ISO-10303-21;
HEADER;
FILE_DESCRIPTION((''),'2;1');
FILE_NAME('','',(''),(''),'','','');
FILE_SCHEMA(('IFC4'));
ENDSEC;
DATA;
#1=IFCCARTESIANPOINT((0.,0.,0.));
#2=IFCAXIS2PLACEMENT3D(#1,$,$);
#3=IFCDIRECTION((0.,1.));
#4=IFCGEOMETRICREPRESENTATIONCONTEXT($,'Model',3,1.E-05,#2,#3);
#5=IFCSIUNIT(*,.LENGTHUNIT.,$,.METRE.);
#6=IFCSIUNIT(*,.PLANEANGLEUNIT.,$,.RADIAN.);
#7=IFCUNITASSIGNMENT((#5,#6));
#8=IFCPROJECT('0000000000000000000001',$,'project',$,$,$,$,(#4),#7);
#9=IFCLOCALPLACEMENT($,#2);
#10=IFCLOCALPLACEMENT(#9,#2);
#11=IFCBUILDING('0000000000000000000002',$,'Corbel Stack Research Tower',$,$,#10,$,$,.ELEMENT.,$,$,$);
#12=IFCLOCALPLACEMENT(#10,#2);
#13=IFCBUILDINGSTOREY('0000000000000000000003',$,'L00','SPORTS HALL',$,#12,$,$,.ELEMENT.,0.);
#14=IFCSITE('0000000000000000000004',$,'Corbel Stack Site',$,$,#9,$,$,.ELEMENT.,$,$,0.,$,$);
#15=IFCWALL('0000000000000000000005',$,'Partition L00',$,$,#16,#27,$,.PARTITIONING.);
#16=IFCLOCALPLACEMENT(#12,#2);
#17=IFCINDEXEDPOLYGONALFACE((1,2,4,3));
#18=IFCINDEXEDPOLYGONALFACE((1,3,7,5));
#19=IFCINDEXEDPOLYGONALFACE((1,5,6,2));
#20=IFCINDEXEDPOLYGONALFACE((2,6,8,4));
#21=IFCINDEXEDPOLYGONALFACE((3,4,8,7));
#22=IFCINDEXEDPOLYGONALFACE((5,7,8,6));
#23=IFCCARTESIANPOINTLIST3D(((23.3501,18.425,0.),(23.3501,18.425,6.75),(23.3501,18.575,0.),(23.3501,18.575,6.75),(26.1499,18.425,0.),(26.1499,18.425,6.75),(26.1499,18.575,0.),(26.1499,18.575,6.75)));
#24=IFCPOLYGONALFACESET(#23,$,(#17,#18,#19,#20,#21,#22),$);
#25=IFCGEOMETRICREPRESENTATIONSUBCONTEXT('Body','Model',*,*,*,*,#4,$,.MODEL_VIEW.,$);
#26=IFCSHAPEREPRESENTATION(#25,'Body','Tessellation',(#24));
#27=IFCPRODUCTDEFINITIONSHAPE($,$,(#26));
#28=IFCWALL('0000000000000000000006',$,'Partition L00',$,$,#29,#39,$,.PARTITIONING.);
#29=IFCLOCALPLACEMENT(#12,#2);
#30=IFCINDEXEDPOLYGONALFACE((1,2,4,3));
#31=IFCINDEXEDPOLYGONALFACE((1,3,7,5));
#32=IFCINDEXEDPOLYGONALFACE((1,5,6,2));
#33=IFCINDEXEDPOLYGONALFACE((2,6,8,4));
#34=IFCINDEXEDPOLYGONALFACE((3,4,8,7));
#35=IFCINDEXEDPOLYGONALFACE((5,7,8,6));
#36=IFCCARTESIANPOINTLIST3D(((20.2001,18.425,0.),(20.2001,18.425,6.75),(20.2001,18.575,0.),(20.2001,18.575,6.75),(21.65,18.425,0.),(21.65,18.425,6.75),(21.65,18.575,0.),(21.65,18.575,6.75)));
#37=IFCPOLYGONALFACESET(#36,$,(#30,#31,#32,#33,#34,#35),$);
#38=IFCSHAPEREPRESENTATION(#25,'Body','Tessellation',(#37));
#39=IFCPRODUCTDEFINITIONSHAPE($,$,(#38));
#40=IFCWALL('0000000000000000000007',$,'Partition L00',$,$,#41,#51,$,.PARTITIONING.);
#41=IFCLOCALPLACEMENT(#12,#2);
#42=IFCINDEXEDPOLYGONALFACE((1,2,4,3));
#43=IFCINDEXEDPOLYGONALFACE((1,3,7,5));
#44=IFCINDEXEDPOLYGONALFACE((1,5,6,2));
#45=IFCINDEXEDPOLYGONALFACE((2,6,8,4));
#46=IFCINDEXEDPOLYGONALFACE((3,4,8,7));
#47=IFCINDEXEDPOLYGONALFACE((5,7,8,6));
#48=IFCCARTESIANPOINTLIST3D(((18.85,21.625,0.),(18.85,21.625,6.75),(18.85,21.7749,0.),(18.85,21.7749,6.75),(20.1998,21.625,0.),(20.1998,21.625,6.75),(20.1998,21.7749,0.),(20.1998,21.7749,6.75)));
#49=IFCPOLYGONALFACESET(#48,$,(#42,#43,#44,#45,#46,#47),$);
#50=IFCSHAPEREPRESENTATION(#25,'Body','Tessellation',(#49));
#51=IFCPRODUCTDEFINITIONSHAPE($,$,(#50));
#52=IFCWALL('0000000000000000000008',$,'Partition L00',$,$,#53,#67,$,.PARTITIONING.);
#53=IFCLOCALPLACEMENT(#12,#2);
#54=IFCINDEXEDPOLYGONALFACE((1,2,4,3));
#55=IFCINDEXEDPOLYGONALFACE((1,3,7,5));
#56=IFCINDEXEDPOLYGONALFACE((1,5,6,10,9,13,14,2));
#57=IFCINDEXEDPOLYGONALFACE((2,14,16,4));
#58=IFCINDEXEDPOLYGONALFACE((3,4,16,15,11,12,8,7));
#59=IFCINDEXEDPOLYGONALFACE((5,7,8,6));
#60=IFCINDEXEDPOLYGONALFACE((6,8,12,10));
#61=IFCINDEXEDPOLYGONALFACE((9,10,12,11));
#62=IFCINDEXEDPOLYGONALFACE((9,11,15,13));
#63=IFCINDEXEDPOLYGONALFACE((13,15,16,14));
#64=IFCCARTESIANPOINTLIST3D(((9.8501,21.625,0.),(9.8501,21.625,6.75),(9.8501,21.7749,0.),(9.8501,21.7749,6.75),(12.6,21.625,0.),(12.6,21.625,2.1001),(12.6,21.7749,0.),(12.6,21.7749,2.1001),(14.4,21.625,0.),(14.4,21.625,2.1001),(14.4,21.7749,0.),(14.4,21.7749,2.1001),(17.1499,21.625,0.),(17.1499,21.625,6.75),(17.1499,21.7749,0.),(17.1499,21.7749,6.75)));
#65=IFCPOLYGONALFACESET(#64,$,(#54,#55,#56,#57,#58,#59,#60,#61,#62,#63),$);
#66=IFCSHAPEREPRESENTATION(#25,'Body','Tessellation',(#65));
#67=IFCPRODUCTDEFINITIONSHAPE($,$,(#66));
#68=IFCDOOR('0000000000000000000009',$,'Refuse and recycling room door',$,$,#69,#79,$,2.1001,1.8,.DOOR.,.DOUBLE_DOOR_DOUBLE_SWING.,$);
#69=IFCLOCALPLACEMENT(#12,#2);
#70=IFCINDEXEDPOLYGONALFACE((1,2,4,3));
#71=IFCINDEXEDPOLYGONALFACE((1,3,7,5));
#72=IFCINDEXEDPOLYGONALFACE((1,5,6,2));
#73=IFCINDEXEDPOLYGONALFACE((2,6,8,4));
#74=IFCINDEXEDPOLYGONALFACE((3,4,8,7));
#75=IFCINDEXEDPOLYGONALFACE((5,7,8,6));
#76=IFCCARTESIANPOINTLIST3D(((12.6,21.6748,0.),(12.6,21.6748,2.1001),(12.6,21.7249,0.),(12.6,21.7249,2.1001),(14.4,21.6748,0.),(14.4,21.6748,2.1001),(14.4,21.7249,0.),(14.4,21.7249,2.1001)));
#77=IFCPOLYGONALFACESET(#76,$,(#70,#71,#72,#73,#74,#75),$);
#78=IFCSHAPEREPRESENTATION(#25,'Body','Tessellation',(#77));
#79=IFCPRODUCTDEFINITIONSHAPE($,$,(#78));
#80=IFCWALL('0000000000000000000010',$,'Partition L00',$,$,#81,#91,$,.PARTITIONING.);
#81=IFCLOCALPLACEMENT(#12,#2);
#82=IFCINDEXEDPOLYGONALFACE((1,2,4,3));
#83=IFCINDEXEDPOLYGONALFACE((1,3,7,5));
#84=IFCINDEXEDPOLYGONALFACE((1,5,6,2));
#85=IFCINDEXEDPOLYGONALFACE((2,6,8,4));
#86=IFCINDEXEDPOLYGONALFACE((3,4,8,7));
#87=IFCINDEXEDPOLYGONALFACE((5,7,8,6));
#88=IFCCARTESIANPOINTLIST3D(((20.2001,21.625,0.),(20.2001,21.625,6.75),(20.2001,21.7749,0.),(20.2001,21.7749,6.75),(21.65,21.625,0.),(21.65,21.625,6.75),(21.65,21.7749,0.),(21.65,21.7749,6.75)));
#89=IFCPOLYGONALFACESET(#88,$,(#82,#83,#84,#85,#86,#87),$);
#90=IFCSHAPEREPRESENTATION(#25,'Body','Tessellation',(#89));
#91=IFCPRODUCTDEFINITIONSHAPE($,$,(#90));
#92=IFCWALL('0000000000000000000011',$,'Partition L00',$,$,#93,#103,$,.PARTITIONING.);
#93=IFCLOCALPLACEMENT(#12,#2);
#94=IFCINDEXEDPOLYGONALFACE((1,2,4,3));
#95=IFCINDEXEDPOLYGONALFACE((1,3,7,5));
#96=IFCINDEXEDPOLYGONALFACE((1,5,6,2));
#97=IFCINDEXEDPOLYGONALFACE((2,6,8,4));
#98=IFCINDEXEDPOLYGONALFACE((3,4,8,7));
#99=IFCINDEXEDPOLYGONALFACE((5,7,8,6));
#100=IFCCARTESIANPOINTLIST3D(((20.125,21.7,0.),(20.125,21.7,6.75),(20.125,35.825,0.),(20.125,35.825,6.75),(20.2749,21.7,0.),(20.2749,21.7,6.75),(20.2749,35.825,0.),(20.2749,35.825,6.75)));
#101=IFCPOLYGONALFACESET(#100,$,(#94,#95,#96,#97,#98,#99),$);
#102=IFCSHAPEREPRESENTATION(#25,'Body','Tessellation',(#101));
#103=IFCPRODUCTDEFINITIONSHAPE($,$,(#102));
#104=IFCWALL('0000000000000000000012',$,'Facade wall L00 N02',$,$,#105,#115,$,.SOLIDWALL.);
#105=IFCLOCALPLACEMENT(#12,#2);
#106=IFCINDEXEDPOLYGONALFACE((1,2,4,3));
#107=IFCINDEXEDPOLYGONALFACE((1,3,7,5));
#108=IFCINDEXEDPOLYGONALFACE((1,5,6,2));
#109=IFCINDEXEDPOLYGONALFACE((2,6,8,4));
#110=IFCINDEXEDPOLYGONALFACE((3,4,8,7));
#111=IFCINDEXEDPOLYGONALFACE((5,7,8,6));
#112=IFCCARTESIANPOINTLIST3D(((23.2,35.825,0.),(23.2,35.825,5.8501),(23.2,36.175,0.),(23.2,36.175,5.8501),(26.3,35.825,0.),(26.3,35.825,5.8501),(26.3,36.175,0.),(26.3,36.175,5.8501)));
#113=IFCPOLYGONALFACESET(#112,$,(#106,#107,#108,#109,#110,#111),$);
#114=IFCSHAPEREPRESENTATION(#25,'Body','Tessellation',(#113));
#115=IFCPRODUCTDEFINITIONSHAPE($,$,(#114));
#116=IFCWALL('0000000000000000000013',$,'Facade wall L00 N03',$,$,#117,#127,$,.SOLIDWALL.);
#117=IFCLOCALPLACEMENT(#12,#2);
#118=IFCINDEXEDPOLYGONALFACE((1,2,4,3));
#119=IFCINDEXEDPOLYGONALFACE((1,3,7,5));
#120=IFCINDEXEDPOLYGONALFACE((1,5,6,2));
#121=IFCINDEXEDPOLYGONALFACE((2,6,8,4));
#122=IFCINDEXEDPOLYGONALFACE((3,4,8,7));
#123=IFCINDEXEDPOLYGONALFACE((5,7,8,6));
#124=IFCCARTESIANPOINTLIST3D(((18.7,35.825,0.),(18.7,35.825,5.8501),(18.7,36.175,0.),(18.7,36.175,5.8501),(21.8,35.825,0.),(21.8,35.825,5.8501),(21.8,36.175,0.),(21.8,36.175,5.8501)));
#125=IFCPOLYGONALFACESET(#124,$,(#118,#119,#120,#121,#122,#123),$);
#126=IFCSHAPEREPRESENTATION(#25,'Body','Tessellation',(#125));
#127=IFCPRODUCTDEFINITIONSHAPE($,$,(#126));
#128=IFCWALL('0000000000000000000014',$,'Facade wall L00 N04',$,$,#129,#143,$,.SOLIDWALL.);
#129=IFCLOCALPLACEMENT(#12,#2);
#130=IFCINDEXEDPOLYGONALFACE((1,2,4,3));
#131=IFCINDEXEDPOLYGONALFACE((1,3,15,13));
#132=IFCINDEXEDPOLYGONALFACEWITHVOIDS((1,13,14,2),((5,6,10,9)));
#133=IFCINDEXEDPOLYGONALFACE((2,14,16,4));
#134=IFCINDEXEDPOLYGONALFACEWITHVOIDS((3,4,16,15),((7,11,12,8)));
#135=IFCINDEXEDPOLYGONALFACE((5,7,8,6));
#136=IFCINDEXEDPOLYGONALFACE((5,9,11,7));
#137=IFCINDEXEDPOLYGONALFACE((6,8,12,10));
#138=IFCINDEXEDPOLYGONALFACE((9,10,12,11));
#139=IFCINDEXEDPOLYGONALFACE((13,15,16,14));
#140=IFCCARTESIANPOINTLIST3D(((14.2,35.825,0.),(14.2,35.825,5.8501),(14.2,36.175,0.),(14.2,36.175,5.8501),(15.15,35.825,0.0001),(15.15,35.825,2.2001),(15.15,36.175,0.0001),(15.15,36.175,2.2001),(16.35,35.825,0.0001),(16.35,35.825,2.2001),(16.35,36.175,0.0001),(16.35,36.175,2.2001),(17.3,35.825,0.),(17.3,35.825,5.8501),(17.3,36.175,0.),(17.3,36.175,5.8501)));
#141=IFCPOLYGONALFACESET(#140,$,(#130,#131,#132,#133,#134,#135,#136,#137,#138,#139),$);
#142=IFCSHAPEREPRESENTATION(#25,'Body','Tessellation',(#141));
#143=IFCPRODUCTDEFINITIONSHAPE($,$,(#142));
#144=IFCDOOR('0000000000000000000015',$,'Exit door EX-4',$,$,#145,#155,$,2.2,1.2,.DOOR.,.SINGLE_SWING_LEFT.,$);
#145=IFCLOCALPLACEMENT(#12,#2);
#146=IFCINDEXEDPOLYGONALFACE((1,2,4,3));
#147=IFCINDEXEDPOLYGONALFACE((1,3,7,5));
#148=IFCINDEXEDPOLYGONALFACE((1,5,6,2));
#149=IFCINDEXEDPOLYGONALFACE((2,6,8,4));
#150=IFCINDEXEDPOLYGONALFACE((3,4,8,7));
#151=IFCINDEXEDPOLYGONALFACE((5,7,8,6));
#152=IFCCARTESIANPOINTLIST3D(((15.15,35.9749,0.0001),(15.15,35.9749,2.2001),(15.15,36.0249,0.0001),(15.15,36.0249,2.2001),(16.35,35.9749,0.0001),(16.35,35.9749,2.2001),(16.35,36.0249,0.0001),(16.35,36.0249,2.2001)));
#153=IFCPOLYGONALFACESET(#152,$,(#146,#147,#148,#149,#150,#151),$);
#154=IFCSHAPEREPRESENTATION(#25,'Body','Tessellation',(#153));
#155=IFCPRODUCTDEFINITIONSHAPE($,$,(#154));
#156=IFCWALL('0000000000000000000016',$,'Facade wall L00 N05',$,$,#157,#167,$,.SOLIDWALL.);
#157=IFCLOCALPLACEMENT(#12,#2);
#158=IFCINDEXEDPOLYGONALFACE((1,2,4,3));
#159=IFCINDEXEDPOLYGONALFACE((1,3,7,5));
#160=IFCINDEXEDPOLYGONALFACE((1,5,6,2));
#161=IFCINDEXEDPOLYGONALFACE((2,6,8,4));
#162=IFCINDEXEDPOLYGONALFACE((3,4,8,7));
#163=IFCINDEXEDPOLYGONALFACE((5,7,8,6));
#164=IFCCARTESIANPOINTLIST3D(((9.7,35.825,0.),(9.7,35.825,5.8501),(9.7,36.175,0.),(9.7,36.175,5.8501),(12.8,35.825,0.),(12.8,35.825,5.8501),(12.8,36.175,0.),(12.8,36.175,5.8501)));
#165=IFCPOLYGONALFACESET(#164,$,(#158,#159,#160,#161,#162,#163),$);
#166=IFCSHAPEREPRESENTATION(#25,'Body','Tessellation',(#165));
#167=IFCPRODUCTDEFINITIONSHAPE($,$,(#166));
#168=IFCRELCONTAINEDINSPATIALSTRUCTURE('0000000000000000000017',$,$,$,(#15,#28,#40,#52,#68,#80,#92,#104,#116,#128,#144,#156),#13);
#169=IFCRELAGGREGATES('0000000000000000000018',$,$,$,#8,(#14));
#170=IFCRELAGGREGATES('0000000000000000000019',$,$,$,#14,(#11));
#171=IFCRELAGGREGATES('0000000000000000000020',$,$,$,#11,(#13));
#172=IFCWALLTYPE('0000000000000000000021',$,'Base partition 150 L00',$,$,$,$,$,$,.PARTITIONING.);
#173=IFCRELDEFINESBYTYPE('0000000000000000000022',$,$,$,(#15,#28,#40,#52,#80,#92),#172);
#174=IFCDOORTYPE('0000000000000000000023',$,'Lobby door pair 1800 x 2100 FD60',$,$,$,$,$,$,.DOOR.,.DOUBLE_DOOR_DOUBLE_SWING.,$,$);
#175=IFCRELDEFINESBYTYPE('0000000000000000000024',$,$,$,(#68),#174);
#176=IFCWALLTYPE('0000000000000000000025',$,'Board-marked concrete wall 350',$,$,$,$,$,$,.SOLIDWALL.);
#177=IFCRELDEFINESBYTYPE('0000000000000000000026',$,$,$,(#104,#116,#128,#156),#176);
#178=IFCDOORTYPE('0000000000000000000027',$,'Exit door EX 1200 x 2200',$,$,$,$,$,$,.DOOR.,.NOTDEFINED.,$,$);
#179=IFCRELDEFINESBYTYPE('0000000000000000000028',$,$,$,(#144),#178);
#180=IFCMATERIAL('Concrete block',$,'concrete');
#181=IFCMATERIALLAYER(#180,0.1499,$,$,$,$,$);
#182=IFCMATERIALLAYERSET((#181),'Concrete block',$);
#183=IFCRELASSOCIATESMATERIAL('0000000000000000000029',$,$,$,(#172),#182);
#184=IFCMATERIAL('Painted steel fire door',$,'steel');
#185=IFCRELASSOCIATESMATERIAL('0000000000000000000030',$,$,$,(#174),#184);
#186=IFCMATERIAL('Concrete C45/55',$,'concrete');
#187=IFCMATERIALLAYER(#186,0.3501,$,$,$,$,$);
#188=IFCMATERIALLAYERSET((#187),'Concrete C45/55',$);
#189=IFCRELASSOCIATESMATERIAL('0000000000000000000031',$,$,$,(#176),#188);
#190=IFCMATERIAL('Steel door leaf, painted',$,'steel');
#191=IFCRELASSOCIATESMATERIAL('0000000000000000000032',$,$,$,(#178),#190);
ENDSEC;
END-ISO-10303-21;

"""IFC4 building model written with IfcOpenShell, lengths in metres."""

from ifc_helpers import new_model, si_unit, direction, frame, frame_2d, origin, place, context, subcontext, project, spatial, rectangle, extrude, material, layer, layer_set, type_object, element, fill, save


model = new_model("IFC4")

# Units and contexts
model_context = context("Model", 3, precision=1e-05, world=origin(), true_north=direction((0.0, 1.0)))
body_context = subcontext(model_context, "Body", "Model", "MODEL_VIEW")
ifc_project = project(units=[si_unit("LENGTHUNIT", "METRE"), si_unit("PLANEANGLEUNIT", "RADIAN")], contexts=[model_context])

# Site, building, storey
site_placement = place(None, origin())
site = spatial("IfcSite", under=ifc_project, at=site_placement, Name="Corbel Stack Site", CompositionType="ELEMENT", RefElevation=0.0)
building_placement = place(site_placement, origin())
building = spatial("IfcBuilding", under=site, at=building_placement, Name="Corbel Stack Research Tower", CompositionType="ELEMENT")
storey_placement = place(building_placement, origin())
storey = spatial("IfcBuildingStorey", under=building, at=storey_placement, Name="L00", Description="SPORTS HALL", CompositionType="ELEMENT", Elevation=0.0)

# Shared definitions
ifc_material_1 = material(Name="Concrete block", Category="concrete")
ifc_layer_1 = layer(ifc_material_1, 0.1499)
ifc_layer_set_1 = layer_set([ifc_layer_1], Name="Concrete block")
wall_type_1 = type_object("IfcWallType", Name="Base partition 150 L00", PredefinedType="PARTITIONING", material=ifc_layer_set_1)

# Walls
wall_1_placement = place(storey_placement, frame((23.3501, 18.5, 0.0), z_axis=(0.0, 0.0, 1.0), x_axis=(1.0, 0.0, 0.0)))
element("IfcWall", 1, at=wall_1_placement, inside=storey, type_object=wall_type_1, Name="Partition L00", PredefinedType="PARTITIONING", context=body_context, shape_type="SweptSolid", body=[
    extrude(rectangle(XDim=2.7998, YDim=0.1499, at=frame_2d((1.3999, 0.0))), origin(), (0.0, 0.0, 1.0), 6.75),
])
wall_2_placement = place(storey_placement, frame((20.2, 18.5, 0.0), z_axis=(0.0, 0.0, 1.0), x_axis=(1.0, 0.0, 0.0)))
element("IfcWall", 2, at=wall_2_placement, inside=storey, type_object=wall_type_1, Name="Partition L00", PredefinedType="PARTITIONING", context=body_context, shape_type="SweptSolid", body=[
    extrude(rectangle(XDim=1.45, YDim=0.1499, at=frame_2d((0.7251, 0.0))), origin(), (0.0, 0.0, 1.0), 6.75),
])
wall_3_placement = place(storey_placement, frame((18.8501, 21.7, 0.0), z_axis=(0.0, 0.0, 1.0), x_axis=(1.0, 0.0, 0.0)))
element("IfcWall", 3, at=wall_3_placement, inside=storey, type_object=wall_type_1, Name="Partition L00", PredefinedType="PARTITIONING", context=body_context, shape_type="SweptSolid", body=[
    extrude(rectangle(XDim=1.3499, YDim=0.1499, at=frame_2d((0.6748, 0.0))), origin(), (0.0, 0.0, 1.0), 6.75),
])

# Wall, opening, door
wall_4_placement = place(storey_placement, frame((9.8501, 21.7, 0.0), z_axis=(0.0, 0.0, 1.0), x_axis=(1.0, 0.0, 0.0)))
wall_4 = element("IfcWall", 4, at=wall_4_placement, inside=storey, type_object=wall_type_1, Name="Partition L00", PredefinedType="PARTITIONING", context=body_context, shape_type="SweptSolid", body=[
    extrude(rectangle(XDim=7.2998, YDim=0.1499, at=frame_2d((3.6499, 0.0))), origin(), (0.0, 0.0, 1.0), 6.75),
])
opening_1_placement = place(wall_4_placement, frame((2.75, 0.0, 0.0)))
opening_1 = element("IfcOpeningElement", 5, at=opening_1_placement, cuts=wall_4, PredefinedType="OPENING", context=body_context, shape_type="SweptSolid", body=[
    extrude(rectangle(XDim=1.8, YDim=2.1001, at=frame_2d((0.8999, 1.05))), frame((0.0, 0.085, 0.0), z_axis=(0.0, -1.0, 0.0), x_axis=(1.0, 0.0, 0.0)), (0.0, 0.0, 1.0), 0.1699),
])
ifc_material_2 = material(Name="Painted steel fire door", Category="steel")
door_type_1 = type_object("IfcDoorType", Name="Lobby door pair 1800 x 2100 FD60", OperationType="DOUBLE_DOOR_DOUBLE_SWING", PredefinedType="DOOR", material=ifc_material_2)
door_1_placement = place(opening_1_placement, origin())
door_1 = element("IfcDoor", 6, at=door_1_placement, inside=storey, type_object=door_type_1, Name="Refuse and recycling room door", OperationType="DOUBLE_DOOR_DOUBLE_SWING", OverallHeight=2.1001, OverallWidth=1.8, PredefinedType="DOOR", context=body_context, shape_type="SweptSolid", body=[
    extrude(rectangle(XDim=1.8, YDim=2.1001, at=frame_2d((0.8999, 1.05))), frame((0.0, 0.0249, 0.0), z_axis=(0.0, -1.0, 0.0), x_axis=(1.0, 0.0, 0.0)), (0.0, 0.0, 1.0), 0.05),
])
fill(opening_1, door_1)

# Walls
wall_5_placement = place(storey_placement, frame((20.2, 21.7, 0.0), z_axis=(0.0, 0.0, 1.0), x_axis=(1.0, 0.0, 0.0)))
element("IfcWall", 7, at=wall_5_placement, inside=storey, type_object=wall_type_1, Name="Partition L00", PredefinedType="PARTITIONING", context=body_context, shape_type="SweptSolid", body=[
    extrude(rectangle(XDim=1.45, YDim=0.1499, at=frame_2d((0.7251, 0.0))), origin(), (0.0, 0.0, 1.0), 6.75),
])
wall_6_placement = place(storey_placement, frame((20.2, 21.7, 0.0), z_axis=(0.0, 0.0, 1.0), x_axis=(0.0, 1.0, 0.0)))
element("IfcWall", 8, at=wall_6_placement, inside=storey, type_object=wall_type_1, Name="Partition L00", PredefinedType="PARTITIONING", context=body_context, shape_type="SweptSolid", body=[
    extrude(rectangle(XDim=14.125, YDim=0.1499, at=frame_2d((7.0625, 0.0))), origin(), (0.0, 0.0, 1.0), 6.75),
])
ifc_material_3 = material(Name="Concrete C45/55", Category="concrete")
ifc_layer_2 = layer(ifc_material_3, 0.3501)
ifc_layer_set_2 = layer_set([ifc_layer_2], Name="Concrete C45/55")
wall_type_2 = type_object("IfcWallType", Name="Board-marked concrete wall 350", PredefinedType="SOLIDWALL", material=ifc_layer_set_2)
for number, where, z_axis, x_axis, name in (
    (9, (23.2, 36.0, 0.0), (0.0, 0.0, 1.0), (1.0, 0.0, 0.0), "Facade wall L00 N02"),
    (10, (18.7, 36.0, 0.0), (0.0, 0.0, 1.0), (1.0, 0.0, 0.0), "Facade wall L00 N03"),
):
    element("IfcWall", number, at=place(storey_placement, frame(where, z_axis=z_axis, x_axis=x_axis)), inside=storey, type_object=wall_type_2, Name=name, PredefinedType="SOLIDWALL", context=body_context, shape_type="SweptSolid", body=[
        extrude(rectangle(XDim=3.1001, YDim=0.3501, at=frame_2d((1.55, 0.0))), origin(), (0.0, 0.0, 1.0), 5.8501),
    ])

# Wall, opening, door
wall_7_placement = place(storey_placement, frame((14.2, 36.0, 0.0), z_axis=(0.0, 0.0, 1.0), x_axis=(1.0, 0.0, 0.0)))
wall_7 = element("IfcWall", 11, at=wall_7_placement, inside=storey, type_object=wall_type_2, Name="Facade wall L00 N04", PredefinedType="SOLIDWALL", context=body_context, shape_type="SweptSolid", body=[
    extrude(rectangle(XDim=3.1001, YDim=0.3501, at=frame_2d((1.55, 0.0))), origin(), (0.0, 0.0, 1.0), 5.8501),
])
opening_2_placement = place(wall_7_placement, frame((0.95, 0.0, 0.0)))
opening_2 = element("IfcOpeningElement", 12, at=opening_2_placement, cuts=wall_7, PredefinedType="OPENING", context=body_context, shape_type="SweptSolid", body=[
    extrude(rectangle(XDim=1.2, YDim=2.2, at=frame_2d((0.6001, 1.1001))), frame((0.0, 0.1851, 0.0), z_axis=(0.0, -1.0, 0.0), x_axis=(1.0, 0.0, 0.0)), (0.0, 0.0, 1.0), 0.3701),
])
ifc_material_4 = material(Name="Steel door leaf, painted", Category="steel")
door_type_2 = type_object("IfcDoorType", Name="Exit door EX 1200 x 2200", OperationType="NOTDEFINED", PredefinedType="DOOR", material=ifc_material_4)
door_2_placement = place(opening_2_placement, origin())
door_2 = element("IfcDoor", 13, at=door_2_placement, inside=storey, type_object=door_type_2, Name="Exit door EX-4", OperationType="SINGLE_SWING_LEFT", OverallHeight=2.2, OverallWidth=1.2, PredefinedType="DOOR", context=body_context, shape_type="SweptSolid", body=[
    extrude(rectangle(XDim=1.2, YDim=2.2, at=frame_2d((0.6001, 1.1001))), frame((0.0, 0.0249, 0.0), z_axis=(0.0, -1.0, 0.0), x_axis=(1.0, 0.0, 0.0)), (0.0, 0.0, 1.0), 0.05),
])
fill(opening_2, door_2)

# Wall
wall_8_placement = place(storey_placement, frame((9.7, 36.0, 0.0), z_axis=(0.0, 0.0, 1.0), x_axis=(1.0, 0.0, 0.0)))
element("IfcWall", 14, at=wall_8_placement, inside=storey, type_object=wall_type_2, Name="Facade wall L00 N05", PredefinedType="SOLIDWALL", context=body_context, shape_type="SweptSolid", body=[
    extrude(rectangle(XDim=3.1001, YDim=0.3501, at=frame_2d((1.55, 0.0))), origin(), (0.0, 0.0, 1.0), 5.8501),
])

save(model, "model.ifc")
